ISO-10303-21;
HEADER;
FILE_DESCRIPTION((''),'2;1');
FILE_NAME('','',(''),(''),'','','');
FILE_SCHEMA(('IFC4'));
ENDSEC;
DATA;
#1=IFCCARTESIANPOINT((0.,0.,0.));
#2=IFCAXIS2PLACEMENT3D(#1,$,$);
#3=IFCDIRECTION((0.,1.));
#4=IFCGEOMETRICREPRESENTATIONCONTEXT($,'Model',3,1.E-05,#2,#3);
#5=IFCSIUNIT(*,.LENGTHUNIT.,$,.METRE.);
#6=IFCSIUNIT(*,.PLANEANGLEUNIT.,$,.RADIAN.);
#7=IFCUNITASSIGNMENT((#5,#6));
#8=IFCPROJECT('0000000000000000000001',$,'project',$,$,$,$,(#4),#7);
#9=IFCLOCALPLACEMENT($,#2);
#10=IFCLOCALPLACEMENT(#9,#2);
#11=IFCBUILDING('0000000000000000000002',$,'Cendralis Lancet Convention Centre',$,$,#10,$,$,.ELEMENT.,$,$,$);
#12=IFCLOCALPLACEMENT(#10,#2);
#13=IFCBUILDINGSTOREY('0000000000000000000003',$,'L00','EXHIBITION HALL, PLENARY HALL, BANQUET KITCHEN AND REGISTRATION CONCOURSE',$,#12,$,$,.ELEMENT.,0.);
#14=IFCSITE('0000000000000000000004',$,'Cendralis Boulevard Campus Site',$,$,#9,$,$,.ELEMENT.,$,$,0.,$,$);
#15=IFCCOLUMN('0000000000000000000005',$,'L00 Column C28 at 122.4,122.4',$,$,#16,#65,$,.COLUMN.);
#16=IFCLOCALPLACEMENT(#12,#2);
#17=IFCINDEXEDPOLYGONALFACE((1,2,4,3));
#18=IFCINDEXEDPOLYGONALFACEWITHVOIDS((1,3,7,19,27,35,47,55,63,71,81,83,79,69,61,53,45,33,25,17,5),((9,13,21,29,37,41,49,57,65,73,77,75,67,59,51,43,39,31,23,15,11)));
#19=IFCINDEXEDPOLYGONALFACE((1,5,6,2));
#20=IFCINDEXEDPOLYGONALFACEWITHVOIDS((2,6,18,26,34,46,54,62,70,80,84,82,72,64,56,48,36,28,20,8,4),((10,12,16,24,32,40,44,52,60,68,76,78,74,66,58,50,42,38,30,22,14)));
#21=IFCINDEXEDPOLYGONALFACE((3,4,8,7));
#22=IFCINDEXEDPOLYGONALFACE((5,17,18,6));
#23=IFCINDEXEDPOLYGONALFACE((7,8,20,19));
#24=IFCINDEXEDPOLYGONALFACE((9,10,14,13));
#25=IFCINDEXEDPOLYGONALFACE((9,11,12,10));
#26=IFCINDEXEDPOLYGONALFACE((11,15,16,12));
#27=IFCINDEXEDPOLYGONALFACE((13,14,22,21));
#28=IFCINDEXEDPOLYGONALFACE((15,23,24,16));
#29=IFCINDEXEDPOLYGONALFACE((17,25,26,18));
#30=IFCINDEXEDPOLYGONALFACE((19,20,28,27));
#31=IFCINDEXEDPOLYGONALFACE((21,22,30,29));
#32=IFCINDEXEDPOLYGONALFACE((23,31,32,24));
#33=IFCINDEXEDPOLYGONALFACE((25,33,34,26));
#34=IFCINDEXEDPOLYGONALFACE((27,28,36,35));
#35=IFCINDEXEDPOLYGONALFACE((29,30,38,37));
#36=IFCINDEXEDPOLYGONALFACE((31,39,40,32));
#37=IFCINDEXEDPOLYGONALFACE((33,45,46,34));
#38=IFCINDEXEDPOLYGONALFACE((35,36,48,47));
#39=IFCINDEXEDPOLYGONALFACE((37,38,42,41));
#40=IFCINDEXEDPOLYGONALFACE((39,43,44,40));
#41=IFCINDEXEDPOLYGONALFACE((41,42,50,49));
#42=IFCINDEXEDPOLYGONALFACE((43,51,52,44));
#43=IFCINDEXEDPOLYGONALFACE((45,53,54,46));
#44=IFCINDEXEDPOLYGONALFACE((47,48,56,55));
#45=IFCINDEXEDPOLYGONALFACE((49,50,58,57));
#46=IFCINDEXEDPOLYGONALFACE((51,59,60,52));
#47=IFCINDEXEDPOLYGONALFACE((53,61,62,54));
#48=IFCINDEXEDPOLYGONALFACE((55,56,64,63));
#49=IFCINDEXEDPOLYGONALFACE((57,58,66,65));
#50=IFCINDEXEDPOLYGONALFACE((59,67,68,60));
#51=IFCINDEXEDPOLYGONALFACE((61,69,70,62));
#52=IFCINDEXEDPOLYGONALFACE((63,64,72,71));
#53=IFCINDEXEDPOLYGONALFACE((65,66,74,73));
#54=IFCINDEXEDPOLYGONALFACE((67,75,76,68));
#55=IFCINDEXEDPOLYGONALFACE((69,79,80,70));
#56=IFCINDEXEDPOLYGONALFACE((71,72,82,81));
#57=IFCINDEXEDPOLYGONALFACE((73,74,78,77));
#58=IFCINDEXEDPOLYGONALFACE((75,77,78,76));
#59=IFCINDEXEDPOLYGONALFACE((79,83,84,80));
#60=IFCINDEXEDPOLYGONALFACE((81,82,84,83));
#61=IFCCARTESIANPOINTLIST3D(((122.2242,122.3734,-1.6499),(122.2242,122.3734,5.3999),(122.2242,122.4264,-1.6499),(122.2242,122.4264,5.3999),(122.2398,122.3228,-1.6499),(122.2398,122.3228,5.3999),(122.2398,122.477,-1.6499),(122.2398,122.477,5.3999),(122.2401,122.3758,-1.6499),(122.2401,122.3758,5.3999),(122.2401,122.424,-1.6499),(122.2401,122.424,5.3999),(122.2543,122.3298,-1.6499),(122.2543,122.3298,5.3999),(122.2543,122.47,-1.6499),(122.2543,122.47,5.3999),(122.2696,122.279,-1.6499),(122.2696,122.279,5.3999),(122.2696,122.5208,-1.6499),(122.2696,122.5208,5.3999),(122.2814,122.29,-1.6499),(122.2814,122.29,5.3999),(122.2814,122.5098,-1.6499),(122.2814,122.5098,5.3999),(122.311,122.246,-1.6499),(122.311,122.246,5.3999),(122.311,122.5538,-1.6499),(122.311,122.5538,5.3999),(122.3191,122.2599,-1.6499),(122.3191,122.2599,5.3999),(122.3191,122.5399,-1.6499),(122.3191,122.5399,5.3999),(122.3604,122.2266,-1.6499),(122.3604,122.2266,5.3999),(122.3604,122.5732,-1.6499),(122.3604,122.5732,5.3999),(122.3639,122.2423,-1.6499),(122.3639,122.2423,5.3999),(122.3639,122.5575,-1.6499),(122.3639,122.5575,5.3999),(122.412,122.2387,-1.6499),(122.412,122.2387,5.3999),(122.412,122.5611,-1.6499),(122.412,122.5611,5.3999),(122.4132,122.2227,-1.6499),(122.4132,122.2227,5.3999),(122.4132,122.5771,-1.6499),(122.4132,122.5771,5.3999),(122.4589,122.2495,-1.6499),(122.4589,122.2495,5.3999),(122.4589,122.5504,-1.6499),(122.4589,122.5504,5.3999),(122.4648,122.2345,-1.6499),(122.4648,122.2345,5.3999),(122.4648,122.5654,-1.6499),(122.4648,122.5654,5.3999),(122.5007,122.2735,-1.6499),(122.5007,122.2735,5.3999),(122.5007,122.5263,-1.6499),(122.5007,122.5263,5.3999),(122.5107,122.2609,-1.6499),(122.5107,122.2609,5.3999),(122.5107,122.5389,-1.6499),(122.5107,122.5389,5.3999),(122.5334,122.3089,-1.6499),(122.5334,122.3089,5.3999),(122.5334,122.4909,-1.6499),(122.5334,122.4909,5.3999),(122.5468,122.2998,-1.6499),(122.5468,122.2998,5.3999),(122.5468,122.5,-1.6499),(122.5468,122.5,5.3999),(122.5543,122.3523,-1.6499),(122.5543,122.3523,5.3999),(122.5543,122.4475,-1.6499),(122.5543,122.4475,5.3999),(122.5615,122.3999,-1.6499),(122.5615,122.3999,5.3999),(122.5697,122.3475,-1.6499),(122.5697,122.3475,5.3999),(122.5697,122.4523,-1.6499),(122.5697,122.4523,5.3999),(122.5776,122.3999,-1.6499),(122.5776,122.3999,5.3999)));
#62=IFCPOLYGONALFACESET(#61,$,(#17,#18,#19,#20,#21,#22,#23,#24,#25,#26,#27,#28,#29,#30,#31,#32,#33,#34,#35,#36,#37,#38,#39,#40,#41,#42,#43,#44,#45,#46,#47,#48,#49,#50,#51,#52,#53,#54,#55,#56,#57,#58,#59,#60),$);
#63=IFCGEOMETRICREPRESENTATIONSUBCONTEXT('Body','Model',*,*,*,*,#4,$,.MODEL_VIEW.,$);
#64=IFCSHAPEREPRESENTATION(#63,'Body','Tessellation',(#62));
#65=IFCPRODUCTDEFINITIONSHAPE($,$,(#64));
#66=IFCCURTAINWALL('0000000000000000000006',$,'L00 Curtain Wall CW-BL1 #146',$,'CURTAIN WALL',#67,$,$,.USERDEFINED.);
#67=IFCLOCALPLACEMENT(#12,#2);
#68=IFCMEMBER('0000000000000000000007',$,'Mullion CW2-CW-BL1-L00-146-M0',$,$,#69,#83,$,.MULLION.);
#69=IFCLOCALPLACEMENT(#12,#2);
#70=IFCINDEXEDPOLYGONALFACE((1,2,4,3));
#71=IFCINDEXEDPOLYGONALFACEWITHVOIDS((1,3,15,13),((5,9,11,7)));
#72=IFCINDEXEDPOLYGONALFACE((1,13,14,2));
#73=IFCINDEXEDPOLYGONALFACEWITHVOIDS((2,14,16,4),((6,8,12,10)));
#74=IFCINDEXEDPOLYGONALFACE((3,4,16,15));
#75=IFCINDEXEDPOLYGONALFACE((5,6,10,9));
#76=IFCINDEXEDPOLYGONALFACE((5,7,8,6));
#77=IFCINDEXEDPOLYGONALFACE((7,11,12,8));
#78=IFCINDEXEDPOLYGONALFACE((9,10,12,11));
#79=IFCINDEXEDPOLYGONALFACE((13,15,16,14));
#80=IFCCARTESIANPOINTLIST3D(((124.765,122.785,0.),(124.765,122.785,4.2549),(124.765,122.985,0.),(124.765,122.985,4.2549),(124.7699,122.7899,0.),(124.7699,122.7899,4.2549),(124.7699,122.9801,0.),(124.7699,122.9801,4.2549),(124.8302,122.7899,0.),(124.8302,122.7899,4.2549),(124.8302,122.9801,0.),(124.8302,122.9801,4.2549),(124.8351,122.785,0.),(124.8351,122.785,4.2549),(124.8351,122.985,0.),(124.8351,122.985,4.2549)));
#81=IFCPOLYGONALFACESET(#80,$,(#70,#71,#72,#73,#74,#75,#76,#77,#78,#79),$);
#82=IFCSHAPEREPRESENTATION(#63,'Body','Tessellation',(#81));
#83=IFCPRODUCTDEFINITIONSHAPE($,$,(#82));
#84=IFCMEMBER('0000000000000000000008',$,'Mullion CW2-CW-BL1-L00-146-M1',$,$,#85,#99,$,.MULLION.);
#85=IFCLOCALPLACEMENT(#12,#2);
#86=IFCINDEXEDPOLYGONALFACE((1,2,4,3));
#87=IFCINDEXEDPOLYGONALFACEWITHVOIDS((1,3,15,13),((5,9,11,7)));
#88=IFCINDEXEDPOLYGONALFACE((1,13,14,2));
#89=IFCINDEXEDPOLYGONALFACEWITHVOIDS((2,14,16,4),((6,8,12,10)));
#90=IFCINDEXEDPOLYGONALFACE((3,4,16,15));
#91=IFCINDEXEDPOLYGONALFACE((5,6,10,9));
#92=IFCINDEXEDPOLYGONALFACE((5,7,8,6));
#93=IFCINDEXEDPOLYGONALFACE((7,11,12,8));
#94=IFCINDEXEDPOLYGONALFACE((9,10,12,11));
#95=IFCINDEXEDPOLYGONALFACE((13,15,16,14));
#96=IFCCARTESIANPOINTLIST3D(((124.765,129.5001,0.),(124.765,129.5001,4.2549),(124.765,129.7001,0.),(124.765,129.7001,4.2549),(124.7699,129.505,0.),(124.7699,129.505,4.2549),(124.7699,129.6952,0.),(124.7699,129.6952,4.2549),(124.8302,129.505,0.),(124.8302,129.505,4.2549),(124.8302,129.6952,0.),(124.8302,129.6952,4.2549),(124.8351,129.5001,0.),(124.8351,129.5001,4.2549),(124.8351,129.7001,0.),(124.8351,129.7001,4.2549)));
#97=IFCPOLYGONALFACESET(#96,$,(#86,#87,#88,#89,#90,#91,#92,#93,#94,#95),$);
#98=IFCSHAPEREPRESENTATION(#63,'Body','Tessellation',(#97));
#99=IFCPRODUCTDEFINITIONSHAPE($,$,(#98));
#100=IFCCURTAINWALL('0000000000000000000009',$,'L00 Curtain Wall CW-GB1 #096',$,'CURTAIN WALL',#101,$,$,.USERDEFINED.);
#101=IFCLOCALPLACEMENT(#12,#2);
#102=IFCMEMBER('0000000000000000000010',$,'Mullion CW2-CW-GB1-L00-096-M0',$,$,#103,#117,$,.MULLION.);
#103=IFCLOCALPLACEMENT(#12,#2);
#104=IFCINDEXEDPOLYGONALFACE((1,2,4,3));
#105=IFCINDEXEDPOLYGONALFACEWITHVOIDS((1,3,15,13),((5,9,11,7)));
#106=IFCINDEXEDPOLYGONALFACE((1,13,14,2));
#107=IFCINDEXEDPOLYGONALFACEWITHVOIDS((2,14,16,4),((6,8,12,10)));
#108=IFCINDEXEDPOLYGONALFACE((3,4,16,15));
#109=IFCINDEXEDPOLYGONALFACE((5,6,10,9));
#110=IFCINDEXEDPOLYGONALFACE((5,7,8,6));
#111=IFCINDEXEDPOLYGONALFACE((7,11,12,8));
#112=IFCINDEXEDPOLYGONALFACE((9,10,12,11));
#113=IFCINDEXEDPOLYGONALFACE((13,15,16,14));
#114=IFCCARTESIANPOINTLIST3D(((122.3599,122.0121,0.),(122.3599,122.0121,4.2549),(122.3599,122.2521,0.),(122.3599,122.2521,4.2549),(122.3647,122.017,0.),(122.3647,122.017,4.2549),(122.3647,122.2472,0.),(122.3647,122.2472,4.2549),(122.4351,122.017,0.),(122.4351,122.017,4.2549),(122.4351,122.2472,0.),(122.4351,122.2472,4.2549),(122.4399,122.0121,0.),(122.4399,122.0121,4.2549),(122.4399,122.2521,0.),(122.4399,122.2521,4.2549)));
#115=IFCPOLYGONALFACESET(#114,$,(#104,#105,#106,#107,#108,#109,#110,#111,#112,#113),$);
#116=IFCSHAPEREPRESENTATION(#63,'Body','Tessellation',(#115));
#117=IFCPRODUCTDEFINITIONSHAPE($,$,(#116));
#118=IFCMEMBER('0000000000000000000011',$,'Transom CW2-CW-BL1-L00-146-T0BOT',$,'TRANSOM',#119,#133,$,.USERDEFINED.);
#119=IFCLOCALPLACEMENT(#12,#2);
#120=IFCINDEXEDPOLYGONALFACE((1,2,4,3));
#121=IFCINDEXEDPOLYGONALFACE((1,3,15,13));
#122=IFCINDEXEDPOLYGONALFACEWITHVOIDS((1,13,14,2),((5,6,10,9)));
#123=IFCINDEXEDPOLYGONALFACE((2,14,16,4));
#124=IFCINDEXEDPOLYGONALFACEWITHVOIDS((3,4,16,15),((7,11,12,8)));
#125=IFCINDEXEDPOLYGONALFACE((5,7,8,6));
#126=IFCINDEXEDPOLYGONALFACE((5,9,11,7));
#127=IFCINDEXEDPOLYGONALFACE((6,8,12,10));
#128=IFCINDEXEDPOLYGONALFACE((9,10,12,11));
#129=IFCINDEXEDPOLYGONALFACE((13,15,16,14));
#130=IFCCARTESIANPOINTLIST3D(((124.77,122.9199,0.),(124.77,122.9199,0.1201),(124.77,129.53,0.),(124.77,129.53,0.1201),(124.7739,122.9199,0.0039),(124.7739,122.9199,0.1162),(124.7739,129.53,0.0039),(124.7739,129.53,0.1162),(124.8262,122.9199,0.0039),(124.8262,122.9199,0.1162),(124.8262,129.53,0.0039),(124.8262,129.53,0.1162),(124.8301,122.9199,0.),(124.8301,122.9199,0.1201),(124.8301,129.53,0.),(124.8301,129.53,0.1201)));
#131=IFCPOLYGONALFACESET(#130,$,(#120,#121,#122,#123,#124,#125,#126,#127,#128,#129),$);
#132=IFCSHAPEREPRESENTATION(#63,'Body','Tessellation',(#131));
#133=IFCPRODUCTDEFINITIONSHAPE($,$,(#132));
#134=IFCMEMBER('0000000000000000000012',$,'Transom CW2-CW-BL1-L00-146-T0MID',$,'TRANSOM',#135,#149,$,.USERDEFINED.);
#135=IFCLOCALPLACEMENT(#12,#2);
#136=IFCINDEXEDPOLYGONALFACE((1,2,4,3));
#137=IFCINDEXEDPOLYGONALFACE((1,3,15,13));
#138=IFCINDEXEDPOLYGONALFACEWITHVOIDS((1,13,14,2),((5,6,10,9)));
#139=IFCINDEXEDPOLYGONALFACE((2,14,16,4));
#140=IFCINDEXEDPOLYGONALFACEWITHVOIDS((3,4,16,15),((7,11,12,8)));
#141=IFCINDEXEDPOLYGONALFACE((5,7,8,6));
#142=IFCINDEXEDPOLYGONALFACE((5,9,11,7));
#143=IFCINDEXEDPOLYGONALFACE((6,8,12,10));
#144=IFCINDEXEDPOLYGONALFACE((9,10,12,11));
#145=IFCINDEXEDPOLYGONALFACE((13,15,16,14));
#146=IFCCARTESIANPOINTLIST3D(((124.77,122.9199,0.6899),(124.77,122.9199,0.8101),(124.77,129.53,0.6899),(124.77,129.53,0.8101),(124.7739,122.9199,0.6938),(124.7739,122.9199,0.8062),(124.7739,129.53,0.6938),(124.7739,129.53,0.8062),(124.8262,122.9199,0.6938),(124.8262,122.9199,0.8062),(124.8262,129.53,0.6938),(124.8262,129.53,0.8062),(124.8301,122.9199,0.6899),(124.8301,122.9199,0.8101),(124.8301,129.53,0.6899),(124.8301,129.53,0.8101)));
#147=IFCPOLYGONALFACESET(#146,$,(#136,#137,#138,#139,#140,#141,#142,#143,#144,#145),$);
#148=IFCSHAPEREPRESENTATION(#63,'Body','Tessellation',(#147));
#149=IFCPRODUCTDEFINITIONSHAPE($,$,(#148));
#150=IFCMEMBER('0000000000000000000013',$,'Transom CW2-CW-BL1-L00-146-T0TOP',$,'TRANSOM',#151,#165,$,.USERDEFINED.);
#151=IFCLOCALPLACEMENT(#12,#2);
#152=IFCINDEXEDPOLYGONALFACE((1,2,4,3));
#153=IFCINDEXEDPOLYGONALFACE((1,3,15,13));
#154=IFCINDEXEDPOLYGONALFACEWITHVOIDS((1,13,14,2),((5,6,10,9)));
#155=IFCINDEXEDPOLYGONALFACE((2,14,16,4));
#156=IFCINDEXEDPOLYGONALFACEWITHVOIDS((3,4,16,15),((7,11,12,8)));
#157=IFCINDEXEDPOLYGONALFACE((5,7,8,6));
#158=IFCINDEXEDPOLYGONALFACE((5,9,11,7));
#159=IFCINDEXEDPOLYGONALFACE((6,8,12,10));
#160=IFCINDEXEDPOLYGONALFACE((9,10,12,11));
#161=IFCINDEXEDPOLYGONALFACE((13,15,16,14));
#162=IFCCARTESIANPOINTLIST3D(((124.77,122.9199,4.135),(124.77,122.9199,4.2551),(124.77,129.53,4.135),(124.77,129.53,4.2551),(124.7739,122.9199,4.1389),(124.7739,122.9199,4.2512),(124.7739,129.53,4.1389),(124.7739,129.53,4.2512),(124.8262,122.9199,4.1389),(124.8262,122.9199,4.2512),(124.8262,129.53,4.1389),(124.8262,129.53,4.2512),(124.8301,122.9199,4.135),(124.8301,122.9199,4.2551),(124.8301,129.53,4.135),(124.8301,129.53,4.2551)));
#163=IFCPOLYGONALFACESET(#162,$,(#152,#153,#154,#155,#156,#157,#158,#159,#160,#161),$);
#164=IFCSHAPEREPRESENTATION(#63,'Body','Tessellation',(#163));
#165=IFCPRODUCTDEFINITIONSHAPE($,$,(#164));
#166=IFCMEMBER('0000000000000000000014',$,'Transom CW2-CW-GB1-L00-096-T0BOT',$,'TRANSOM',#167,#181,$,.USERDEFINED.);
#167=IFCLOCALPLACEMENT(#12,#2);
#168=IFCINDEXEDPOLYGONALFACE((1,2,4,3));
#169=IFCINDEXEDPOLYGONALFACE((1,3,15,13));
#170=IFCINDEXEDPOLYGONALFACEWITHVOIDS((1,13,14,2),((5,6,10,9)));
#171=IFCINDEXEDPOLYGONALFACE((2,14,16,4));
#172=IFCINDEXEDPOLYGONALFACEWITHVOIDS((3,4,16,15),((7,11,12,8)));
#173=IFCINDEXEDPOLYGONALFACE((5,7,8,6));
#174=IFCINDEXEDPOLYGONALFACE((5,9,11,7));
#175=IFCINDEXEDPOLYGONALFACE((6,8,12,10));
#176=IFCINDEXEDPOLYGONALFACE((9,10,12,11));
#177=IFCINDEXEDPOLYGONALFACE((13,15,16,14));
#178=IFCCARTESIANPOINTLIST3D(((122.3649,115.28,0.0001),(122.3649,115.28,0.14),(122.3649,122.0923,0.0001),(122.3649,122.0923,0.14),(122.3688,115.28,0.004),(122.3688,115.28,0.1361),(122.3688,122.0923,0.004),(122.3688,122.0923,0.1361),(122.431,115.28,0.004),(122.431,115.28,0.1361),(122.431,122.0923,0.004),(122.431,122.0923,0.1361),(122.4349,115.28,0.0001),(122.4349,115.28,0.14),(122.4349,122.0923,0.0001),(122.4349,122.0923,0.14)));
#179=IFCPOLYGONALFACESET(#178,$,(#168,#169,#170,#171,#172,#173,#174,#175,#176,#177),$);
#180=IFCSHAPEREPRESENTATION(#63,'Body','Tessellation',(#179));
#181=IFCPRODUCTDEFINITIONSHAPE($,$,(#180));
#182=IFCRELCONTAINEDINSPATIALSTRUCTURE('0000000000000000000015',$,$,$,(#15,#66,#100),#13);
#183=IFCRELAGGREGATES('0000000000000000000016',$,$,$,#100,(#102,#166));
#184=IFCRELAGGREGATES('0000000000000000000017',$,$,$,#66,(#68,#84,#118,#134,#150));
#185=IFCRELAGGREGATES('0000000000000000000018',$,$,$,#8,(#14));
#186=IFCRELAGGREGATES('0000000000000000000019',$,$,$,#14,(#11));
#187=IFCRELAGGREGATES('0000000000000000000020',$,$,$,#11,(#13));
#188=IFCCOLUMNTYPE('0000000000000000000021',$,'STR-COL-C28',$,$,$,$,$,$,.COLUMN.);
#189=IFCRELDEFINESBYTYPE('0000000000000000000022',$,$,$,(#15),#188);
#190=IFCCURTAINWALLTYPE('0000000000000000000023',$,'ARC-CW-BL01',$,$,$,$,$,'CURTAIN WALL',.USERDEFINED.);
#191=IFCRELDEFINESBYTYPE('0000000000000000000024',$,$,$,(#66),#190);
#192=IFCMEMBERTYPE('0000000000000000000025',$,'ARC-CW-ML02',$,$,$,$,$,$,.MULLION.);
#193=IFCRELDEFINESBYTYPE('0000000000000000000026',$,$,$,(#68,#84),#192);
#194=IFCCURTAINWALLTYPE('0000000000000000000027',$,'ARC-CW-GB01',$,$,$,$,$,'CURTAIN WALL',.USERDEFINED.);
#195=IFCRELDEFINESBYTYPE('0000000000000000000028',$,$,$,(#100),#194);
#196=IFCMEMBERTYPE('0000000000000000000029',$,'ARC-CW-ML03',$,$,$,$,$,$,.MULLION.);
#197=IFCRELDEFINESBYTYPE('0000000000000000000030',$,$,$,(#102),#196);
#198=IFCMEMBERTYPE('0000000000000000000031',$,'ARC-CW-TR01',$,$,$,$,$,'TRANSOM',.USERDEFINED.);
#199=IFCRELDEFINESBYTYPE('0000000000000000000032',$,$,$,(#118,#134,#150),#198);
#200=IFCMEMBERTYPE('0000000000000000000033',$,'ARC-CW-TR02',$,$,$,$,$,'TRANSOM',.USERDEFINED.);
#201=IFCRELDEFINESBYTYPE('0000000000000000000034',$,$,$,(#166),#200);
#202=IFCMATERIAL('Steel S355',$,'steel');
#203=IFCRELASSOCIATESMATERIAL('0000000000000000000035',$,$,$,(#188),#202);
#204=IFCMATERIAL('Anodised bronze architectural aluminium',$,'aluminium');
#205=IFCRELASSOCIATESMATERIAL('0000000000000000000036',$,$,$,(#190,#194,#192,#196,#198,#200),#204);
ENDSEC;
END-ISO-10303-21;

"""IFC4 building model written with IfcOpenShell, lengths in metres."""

from ifc_helpers import new_model, si_unit, direction, frame, origin, origin_2d, place, context, subcontext, project, spatial, hollow_rectangle, hollow_circle, extrude, material, material_profile, profile_set, type_object, element, aggregate, save


model = new_model("IFC4")

# Units and contexts
model_context = context("Model", 3, precision=1e-05, world=origin(), true_north=direction((0.0, 1.0)))
body_context = subcontext(model_context, "Body", "Model", "MODEL_VIEW")
ifc_project = project(units=[si_unit("LENGTHUNIT", "METRE"), si_unit("PLANEANGLEUNIT", "RADIAN")], contexts=[model_context])

# Site, building, storey
site_placement = place(None, origin())
site = spatial("IfcSite", under=ifc_project, at=site_placement, Name="Cendralis Boulevard Campus Site", CompositionType="ELEMENT", RefElevation=0.0)
building_placement = place(site_placement, origin())
building = spatial("IfcBuilding", under=site, at=building_placement, Name="Cendralis Lancet Convention Centre", CompositionType="ELEMENT")
storey_placement = place(building_placement, origin())
storey = spatial("IfcBuildingStorey", under=building, at=storey_placement, Name="L00", Description="EXHIBITION HALL, PLENARY HALL, BANQUET KITCHEN AND REGISTRATION CONCOURSE", CompositionType="ELEMENT", Elevation=0.0)

# Column
ifc_material_1 = material(Name="Steel S355", Category="steel")
ifc_material_profile_1 = material_profile(ifc_material_1, hollow_circle(Radius=0.1777, WallThickness=0.0161, at=origin_2d()), Name="CHS 355.6x16.0")
ifc_profile_set_1 = profile_set([ifc_material_profile_1], Name="Steel S355")
column_type_1 = type_object("IfcColumnType", Name="STR-COL-C28", PredefinedType="COLUMN", material=ifc_profile_set_1)
column_1_placement = place(storey_placement, frame((122.3999, 122.3999, -1.6499), z_axis=(0.0, 0.0, 1.0), x_axis=(1.0, 0.0, 0.0)))
element("IfcColumn", 1, at=column_1_placement, inside=storey, type_object=column_type_1, Name="L00 Column C28 at 122.4,122.4", PredefinedType="COLUMN", context=body_context, shape_type="SweptSolid", body=[
    extrude(hollow_circle(Radius=0.1777, WallThickness=0.0161, at=origin_2d()), origin(), (0.0, 0.0, 1.0), 7.0498),
])

# Curtain wall, members
ifc_material_2 = material(Name="Anodised bronze architectural aluminium", Category="aluminium")
curtain_wall_type_1 = type_object("IfcCurtainWallType", Name="ARC-CW-BL01", ElementType="CURTAIN WALL", PredefinedType="USERDEFINED", material=ifc_material_2)
curtain_wall_1_placement = place(storey_placement, origin())
curtain_wall_1 = element("IfcCurtainWall", 2, at=curtain_wall_1_placement, inside=storey, type_object=curtain_wall_type_1, Name="L00 Curtain Wall CW-BL1 #146", ObjectType="CURTAIN WALL", PredefinedType="USERDEFINED")
ifc_material_profile_2 = material_profile(ifc_material_2, hollow_rectangle(XDim=0.0701, YDim=0.2, WallThickness=0.0049, at=origin_2d()), Name="AL-MULL 70x200x5.0")
ifc_profile_set_2 = profile_set([ifc_material_profile_2], Name="Anodised bronze architectural aluminium")
member_type_1 = type_object("IfcMemberType", Name="ARC-CW-ML02", PredefinedType="MULLION", material=ifc_profile_set_2)
member_1_placement = place(storey_placement, frame((124.8, 122.885, 0.0), z_axis=(0.0, 0.0, 1.0), x_axis=(1.0, 0.0, 0.0)))
member_1 = element("IfcMember", 3, at=member_1_placement, type_object=member_type_1, Name="Mullion CW2-CW-BL1-L00-146-M0", PredefinedType="MULLION", context=body_context, shape_type="SweptSolid", body=[
    extrude(hollow_rectangle(XDim=0.0701, YDim=0.2, WallThickness=0.0049, at=origin_2d()), origin(), (0.0, 0.0, 1.0), 4.2549),
])
member_2_placement = place(storey_placement, frame((124.8, 129.6001, 0.0), z_axis=(0.0, 0.0, 1.0), x_axis=(1.0, 0.0, 0.0)))
member_2 = element("IfcMember", 4, at=member_2_placement, type_object=member_type_1, Name="Mullion CW2-CW-BL1-L00-146-M1", PredefinedType="MULLION", context=body_context, shape_type="SweptSolid", body=[
    extrude(hollow_rectangle(XDim=0.0701, YDim=0.2, WallThickness=0.0049, at=origin_2d()), origin(), (0.0, 0.0, 1.0), 4.2549),
])

# Curtain wall, member
curtain_wall_type_2 = type_object("IfcCurtainWallType", Name="ARC-CW-GB01", ElementType="CURTAIN WALL", PredefinedType="USERDEFINED", material=ifc_material_2)
curtain_wall_2_placement = place(storey_placement, origin())
curtain_wall_2 = element("IfcCurtainWall", 5, at=curtain_wall_2_placement, inside=storey, type_object=curtain_wall_type_2, Name="L00 Curtain Wall CW-GB1 #096", ObjectType="CURTAIN WALL", PredefinedType="USERDEFINED")
ifc_material_profile_3 = material_profile(ifc_material_2, hollow_rectangle(XDim=0.0801, YDim=0.24, WallThickness=0.0049, at=origin_2d()), Name="AL-MULL 80x240x5.0")
ifc_profile_set_3 = profile_set([ifc_material_profile_3], Name="Anodised bronze architectural aluminium")
member_type_2 = type_object("IfcMemberType", Name="ARC-CW-ML03", PredefinedType="MULLION", material=ifc_profile_set_3)
member_3_placement = place(storey_placement, frame((122.3999, 122.1321, 0.0), z_axis=(0.0, 0.0, 1.0), x_axis=(1.0, 0.0, 0.0)))
member_3 = element("IfcMember", 6, at=member_3_placement, type_object=member_type_2, Name="Mullion CW2-CW-GB1-L00-096-M0", PredefinedType="MULLION", context=body_context, shape_type="SweptSolid", body=[
    extrude(hollow_rectangle(XDim=0.0801, YDim=0.24, WallThickness=0.0049, at=origin_2d()), origin(), (0.0, 0.0, 1.0), 4.2549),
])

# Members
ifc_material_profile_4 = material_profile(ifc_material_2, hollow_rectangle(XDim=0.0601, YDim=0.1201, WallThickness=0.0039, at=origin_2d()), Name="AL-TRAN 60x120x4.0")
ifc_profile_set_4 = profile_set([ifc_material_profile_4], Name="Anodised bronze architectural aluminium")
member_type_3 = type_object("IfcMemberType", Name="ARC-CW-TR01", ElementType="TRANSOM", PredefinedType="USERDEFINED", material=ifc_profile_set_4)
member_4_placement = place(storey_placement, frame((124.8, 122.9199, 0.0601), z_axis=(0.0, 1.0, 0.0), x_axis=(-1.0, 0.0, 0.0)))
member_4 = element("IfcMember", 7, at=member_4_placement, type_object=member_type_3, Name="Transom CW2-CW-BL1-L00-146-T0BOT", ObjectType="TRANSOM", PredefinedType="USERDEFINED", context=body_context, shape_type="SweptSolid", body=[
    extrude(hollow_rectangle(XDim=0.0601, YDim=0.1201, WallThickness=0.0039, at=origin_2d()), origin(), (0.0, 0.0, 1.0), 6.6101),
])
member_5_placement = place(storey_placement, frame((124.8, 122.9199, 0.75), z_axis=(0.0, 1.0, 0.0), x_axis=(-1.0, 0.0, 0.0)))
member_5 = element("IfcMember", 8, at=member_5_placement, type_object=member_type_3, Name="Transom CW2-CW-BL1-L00-146-T0MID", ObjectType="TRANSOM", PredefinedType="USERDEFINED", context=body_context, shape_type="SweptSolid", body=[
    extrude(hollow_rectangle(XDim=0.0601, YDim=0.1201, WallThickness=0.0039, at=origin_2d()), origin(), (0.0, 0.0, 1.0), 6.6101),
])
member_6_placement = place(storey_placement, frame((124.8, 122.9199, 4.1951), z_axis=(0.0, 1.0, 0.0), x_axis=(-1.0, 0.0, 0.0)))
member_6 = element("IfcMember", 9, at=member_6_placement, type_object=member_type_3, Name="Transom CW2-CW-BL1-L00-146-T0TOP", ObjectType="TRANSOM", PredefinedType="USERDEFINED", context=body_context, shape_type="SweptSolid", body=[
    extrude(hollow_rectangle(XDim=0.0601, YDim=0.1201, WallThickness=0.0039, at=origin_2d()), origin(), (0.0, 0.0, 1.0), 6.6101),
])
ifc_material_profile_5 = material_profile(ifc_material_2, hollow_rectangle(XDim=0.0701, YDim=0.1399, WallThickness=0.0039, at=origin_2d()), Name="AL-TRAN 70x140x4.0")
ifc_profile_set_5 = profile_set([ifc_material_profile_5], Name="Anodised bronze architectural aluminium")
member_type_4 = type_object("IfcMemberType", Name="ARC-CW-TR02", ElementType="TRANSOM", PredefinedType="USERDEFINED", material=ifc_profile_set_5)
member_7_placement = place(storey_placement, frame((122.3999, 122.0923, 0.0701), z_axis=(0.0, -1.0, 0.0), x_axis=(1.0, 0.0, 0.0)))
member_7 = element("IfcMember", 10, at=member_7_placement, type_object=member_type_4, Name="Transom CW2-CW-GB1-L00-096-T0BOT", ObjectType="TRANSOM", PredefinedType="USERDEFINED", context=body_context, shape_type="SweptSolid", body=[
    extrude(hollow_rectangle(XDim=0.0701, YDim=0.1399, WallThickness=0.0039, at=origin_2d()), origin(), (0.0, 0.0, 1.0), 6.8123),
])

aggregate(curtain_wall_2, [member_3, member_7])
aggregate(curtain_wall_1, [member_1, member_2, member_4, member_5, member_6])

save(model, "model.ifc")
